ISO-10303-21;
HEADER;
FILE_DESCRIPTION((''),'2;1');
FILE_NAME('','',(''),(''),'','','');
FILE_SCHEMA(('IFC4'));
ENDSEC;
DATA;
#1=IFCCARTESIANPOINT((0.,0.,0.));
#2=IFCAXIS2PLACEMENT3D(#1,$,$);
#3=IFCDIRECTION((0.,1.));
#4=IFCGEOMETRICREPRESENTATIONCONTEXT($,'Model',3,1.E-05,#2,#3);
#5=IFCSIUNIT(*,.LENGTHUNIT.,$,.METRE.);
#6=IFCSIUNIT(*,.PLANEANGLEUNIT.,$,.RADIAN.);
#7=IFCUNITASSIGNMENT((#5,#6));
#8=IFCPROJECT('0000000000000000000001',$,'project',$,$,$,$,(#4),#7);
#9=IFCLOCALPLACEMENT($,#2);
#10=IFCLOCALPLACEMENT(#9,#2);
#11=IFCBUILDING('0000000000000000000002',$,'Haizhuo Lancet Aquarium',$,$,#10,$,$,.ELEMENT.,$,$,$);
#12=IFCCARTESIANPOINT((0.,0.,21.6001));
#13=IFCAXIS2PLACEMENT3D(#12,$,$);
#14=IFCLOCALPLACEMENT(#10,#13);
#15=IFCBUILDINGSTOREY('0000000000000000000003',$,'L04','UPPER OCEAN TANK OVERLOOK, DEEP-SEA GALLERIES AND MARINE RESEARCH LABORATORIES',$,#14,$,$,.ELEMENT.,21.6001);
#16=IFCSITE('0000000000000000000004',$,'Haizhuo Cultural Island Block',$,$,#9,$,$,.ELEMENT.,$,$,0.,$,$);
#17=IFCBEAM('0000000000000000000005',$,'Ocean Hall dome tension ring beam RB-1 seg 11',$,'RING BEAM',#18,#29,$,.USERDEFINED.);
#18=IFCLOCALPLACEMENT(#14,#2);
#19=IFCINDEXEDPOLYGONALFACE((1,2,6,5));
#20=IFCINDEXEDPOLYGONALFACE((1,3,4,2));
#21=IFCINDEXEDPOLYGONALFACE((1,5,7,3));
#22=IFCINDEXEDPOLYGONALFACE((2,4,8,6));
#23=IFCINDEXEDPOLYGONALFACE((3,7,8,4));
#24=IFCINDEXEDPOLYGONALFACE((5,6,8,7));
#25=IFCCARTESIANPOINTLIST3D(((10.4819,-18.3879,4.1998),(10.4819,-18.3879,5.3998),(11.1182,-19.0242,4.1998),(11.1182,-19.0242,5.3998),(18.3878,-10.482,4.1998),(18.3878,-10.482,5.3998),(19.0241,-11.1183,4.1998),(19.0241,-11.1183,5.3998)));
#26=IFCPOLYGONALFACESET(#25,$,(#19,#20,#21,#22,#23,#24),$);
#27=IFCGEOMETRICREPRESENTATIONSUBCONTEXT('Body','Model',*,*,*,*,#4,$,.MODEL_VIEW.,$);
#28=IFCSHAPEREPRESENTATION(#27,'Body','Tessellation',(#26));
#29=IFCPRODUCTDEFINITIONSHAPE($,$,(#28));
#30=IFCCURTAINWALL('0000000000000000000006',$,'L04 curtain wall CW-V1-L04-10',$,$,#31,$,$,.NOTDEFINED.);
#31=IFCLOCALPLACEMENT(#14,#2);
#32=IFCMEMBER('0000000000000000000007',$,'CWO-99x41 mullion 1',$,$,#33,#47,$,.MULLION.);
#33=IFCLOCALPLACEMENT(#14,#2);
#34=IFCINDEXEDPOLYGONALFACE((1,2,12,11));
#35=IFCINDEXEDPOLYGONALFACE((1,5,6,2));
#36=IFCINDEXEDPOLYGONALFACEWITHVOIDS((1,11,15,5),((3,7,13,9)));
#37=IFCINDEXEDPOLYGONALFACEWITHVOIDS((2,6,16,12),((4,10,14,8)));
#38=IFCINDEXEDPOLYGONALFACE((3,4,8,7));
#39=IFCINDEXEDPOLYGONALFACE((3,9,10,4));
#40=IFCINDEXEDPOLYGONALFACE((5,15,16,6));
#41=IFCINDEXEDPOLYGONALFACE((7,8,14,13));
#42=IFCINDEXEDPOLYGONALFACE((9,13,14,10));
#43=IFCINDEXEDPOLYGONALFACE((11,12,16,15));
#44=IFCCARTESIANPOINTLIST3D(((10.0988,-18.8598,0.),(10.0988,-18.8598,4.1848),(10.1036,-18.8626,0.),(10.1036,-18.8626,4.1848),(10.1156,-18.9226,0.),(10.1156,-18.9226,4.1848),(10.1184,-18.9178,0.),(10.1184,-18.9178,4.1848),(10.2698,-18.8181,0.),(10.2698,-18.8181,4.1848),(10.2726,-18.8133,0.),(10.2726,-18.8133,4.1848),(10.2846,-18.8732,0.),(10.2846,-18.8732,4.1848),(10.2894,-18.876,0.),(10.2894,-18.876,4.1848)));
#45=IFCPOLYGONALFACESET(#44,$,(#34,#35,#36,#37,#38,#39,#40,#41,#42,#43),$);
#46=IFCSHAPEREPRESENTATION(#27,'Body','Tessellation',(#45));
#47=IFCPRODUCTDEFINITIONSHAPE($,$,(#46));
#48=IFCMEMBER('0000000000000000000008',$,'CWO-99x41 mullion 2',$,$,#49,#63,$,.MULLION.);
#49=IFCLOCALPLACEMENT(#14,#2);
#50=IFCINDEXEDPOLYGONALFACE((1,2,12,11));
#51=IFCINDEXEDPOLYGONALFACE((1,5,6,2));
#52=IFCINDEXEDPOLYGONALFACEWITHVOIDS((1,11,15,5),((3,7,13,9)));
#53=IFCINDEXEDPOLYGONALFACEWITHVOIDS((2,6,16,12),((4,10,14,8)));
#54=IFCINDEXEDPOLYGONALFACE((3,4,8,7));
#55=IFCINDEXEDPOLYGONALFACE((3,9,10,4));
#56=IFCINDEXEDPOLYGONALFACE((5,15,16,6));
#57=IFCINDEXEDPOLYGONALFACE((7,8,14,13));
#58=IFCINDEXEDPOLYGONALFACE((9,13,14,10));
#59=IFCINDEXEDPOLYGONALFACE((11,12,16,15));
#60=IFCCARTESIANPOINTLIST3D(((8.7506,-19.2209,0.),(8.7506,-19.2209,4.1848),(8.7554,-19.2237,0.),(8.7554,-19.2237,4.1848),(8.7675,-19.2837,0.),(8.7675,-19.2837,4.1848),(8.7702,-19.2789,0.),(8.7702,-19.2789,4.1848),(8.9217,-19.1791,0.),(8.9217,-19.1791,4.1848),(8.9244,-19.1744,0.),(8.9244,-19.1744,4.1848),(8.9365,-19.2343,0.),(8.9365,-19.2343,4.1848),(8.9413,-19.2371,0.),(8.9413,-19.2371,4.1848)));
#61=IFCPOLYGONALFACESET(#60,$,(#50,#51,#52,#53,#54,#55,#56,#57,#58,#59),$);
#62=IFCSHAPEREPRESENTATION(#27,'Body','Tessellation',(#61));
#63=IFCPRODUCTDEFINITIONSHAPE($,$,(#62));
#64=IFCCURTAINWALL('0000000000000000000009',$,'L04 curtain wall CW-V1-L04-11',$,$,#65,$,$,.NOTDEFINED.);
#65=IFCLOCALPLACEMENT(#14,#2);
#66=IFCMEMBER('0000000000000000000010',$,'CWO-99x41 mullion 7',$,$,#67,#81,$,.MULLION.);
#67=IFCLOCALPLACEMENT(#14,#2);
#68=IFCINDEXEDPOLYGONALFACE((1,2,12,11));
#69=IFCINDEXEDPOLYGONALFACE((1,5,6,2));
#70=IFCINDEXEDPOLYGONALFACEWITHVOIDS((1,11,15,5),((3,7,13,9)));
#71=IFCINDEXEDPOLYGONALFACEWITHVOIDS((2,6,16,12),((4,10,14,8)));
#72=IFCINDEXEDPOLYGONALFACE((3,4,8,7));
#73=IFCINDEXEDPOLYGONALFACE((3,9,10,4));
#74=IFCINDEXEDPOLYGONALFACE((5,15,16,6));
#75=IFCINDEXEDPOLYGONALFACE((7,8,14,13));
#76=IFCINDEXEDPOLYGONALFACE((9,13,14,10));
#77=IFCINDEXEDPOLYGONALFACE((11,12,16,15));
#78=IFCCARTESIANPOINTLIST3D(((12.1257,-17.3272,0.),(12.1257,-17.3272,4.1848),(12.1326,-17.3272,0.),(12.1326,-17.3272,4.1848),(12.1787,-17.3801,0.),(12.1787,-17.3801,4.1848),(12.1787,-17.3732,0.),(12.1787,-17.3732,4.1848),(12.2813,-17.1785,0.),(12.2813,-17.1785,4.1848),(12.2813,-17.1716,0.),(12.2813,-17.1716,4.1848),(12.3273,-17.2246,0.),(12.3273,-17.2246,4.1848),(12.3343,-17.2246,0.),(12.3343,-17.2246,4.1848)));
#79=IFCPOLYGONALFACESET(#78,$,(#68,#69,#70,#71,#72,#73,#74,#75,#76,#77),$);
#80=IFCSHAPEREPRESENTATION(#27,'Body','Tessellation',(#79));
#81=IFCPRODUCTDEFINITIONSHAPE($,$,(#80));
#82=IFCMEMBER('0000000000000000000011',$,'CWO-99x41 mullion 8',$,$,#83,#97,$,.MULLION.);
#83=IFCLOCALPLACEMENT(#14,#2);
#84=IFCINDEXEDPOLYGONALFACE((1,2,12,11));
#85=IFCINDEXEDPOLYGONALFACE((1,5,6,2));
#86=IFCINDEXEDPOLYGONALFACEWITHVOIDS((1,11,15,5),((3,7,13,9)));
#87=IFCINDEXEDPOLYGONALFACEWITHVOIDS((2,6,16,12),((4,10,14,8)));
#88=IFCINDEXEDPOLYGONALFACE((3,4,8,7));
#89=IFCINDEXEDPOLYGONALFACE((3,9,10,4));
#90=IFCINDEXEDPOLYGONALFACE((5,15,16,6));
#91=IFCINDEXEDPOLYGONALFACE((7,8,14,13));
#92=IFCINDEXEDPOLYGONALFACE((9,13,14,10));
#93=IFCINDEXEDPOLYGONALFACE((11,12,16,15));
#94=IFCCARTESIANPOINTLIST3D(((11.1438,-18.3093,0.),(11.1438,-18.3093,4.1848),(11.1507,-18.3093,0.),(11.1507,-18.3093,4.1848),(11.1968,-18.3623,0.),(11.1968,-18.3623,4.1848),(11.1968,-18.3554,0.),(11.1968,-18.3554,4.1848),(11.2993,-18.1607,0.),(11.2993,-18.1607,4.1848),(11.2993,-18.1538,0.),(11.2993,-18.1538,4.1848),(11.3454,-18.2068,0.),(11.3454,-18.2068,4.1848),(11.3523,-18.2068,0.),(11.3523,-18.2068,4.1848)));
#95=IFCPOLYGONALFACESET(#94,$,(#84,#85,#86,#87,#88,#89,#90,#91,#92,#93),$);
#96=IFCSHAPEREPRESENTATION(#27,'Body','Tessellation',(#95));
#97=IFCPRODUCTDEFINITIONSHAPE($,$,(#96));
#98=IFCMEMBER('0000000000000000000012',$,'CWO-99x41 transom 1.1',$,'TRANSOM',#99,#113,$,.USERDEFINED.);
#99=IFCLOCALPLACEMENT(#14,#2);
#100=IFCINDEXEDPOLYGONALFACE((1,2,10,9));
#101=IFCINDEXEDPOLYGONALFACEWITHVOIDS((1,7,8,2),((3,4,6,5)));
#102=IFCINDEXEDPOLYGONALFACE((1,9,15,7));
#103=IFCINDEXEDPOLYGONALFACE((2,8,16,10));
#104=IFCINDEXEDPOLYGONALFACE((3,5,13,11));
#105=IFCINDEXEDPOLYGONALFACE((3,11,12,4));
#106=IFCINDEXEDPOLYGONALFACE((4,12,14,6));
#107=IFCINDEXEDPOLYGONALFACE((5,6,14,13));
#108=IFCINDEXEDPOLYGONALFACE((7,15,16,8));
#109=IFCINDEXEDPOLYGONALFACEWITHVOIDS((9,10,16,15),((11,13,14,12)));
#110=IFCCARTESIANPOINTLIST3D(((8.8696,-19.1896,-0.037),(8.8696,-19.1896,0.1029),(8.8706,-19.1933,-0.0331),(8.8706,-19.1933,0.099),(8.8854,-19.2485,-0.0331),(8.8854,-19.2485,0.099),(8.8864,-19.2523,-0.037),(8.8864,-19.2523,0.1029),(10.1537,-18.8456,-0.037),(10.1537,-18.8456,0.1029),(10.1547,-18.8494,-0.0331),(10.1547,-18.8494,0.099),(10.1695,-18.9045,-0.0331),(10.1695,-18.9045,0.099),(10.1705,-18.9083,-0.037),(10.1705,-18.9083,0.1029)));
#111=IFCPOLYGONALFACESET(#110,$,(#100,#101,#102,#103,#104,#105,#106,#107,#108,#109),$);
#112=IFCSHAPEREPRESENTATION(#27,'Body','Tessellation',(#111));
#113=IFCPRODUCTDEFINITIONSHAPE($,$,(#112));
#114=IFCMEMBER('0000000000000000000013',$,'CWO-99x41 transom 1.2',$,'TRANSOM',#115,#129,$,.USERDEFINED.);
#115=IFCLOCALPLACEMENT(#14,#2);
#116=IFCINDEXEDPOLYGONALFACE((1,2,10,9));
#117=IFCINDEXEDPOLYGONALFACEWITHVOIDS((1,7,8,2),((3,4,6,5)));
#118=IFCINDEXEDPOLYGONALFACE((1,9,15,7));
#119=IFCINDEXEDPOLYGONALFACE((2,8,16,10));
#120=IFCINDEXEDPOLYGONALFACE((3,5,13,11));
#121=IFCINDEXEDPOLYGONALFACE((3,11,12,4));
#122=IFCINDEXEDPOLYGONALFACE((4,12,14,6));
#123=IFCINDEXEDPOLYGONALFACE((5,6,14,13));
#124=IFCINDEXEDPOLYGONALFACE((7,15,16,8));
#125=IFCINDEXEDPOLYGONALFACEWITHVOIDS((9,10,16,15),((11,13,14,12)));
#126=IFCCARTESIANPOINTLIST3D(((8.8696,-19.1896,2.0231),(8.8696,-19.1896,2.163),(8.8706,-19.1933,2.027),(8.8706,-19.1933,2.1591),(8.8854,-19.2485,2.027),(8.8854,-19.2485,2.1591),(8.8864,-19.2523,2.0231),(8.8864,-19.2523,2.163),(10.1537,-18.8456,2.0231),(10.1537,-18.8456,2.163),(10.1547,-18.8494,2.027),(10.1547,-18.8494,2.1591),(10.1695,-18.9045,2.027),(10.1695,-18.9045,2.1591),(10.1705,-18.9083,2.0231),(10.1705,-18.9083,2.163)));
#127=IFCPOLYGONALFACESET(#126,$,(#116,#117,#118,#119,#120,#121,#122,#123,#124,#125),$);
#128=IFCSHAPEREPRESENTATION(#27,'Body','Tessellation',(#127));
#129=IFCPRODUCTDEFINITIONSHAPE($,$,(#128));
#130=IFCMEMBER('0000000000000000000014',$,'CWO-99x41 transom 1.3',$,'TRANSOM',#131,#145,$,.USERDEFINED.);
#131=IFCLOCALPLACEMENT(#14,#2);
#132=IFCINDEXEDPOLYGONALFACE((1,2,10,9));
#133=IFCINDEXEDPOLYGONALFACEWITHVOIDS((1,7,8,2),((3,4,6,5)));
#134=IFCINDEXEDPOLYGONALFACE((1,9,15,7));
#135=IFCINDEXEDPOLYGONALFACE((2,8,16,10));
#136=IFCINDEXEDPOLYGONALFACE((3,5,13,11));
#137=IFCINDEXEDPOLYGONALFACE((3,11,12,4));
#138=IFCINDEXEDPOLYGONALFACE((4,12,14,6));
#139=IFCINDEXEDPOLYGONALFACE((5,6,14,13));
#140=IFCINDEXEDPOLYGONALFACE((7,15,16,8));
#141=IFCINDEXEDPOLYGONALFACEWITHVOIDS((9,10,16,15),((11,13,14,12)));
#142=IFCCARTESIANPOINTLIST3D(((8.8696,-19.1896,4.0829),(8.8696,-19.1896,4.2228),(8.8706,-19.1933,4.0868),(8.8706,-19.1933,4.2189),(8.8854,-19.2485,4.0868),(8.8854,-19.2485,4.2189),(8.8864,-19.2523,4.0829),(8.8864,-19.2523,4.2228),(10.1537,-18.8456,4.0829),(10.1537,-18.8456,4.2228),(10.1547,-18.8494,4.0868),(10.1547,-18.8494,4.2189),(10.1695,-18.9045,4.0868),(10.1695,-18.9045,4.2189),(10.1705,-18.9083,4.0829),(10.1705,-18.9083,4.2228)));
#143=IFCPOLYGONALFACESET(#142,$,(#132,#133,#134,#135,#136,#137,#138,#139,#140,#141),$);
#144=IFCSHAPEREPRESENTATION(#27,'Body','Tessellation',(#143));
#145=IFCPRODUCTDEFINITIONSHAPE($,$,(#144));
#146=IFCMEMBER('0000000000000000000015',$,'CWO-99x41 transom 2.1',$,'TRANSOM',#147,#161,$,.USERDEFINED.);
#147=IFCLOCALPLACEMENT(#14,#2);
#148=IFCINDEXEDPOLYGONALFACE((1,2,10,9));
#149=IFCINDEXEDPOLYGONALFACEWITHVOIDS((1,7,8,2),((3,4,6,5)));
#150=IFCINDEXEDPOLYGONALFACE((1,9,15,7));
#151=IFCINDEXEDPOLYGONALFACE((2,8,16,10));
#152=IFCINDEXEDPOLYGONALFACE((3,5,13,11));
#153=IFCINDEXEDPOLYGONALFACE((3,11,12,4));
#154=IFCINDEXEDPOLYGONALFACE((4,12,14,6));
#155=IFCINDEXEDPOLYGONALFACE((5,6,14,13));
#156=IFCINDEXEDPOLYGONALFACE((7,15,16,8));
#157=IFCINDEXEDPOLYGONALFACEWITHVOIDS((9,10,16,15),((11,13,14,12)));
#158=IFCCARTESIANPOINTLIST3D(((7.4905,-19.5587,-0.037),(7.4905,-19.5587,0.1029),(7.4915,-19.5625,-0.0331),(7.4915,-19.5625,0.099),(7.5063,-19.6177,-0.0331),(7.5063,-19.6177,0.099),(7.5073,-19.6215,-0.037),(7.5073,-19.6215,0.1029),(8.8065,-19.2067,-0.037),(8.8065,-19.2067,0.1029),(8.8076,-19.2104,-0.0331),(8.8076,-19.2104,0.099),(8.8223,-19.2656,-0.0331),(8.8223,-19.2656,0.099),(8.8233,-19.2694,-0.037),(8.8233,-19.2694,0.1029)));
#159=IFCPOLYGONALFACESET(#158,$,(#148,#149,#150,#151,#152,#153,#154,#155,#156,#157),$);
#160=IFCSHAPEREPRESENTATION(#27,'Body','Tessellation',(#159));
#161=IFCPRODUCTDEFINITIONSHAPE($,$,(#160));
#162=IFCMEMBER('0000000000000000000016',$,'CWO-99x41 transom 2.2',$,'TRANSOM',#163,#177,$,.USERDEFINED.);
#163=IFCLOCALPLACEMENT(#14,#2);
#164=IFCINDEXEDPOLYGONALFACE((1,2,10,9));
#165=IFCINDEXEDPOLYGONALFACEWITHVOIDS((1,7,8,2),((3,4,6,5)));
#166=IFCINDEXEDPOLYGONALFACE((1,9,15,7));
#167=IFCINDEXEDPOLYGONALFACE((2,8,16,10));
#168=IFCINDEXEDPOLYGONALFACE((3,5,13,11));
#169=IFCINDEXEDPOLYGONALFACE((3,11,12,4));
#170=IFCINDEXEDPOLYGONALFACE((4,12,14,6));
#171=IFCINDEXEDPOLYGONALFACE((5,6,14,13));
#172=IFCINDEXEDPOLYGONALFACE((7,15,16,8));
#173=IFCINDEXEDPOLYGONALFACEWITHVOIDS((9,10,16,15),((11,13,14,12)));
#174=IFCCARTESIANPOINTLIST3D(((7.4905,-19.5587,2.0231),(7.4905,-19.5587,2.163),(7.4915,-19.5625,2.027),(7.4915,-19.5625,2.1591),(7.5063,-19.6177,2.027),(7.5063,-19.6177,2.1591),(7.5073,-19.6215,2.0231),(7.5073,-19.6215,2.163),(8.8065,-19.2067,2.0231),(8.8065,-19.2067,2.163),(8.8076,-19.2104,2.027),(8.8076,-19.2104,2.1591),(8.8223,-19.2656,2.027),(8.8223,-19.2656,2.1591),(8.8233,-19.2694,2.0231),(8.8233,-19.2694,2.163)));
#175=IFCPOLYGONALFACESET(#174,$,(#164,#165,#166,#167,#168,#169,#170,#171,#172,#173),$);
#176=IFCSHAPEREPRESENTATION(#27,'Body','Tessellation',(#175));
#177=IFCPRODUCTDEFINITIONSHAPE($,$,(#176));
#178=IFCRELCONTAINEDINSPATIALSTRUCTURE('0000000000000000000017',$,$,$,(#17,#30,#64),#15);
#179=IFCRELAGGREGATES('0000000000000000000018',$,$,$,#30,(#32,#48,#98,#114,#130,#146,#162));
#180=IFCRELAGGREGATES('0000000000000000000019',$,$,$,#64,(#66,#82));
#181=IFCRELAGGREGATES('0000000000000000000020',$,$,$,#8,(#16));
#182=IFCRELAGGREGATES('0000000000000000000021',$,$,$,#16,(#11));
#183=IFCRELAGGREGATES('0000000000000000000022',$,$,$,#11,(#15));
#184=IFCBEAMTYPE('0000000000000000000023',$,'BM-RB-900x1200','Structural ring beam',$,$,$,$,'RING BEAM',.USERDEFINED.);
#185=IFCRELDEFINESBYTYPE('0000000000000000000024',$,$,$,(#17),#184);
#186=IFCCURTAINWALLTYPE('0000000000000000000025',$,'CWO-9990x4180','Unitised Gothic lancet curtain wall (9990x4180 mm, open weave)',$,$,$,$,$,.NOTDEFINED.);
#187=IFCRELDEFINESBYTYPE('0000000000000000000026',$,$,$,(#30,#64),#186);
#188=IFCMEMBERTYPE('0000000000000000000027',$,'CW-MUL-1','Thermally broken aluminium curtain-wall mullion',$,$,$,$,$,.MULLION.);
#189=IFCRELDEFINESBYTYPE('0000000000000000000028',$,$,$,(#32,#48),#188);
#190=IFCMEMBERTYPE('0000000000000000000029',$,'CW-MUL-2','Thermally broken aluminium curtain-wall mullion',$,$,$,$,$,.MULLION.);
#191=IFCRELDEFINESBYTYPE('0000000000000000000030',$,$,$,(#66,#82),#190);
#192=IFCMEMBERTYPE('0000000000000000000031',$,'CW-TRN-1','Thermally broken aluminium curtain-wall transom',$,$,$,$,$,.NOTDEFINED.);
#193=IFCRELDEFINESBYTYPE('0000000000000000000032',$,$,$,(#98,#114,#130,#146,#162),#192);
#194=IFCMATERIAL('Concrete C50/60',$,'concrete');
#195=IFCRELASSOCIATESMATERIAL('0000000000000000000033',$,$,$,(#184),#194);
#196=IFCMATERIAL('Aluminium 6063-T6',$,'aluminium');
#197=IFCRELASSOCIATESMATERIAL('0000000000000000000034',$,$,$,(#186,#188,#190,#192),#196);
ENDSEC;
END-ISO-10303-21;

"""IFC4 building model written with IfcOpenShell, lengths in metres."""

from ifc_helpers import new_model, si_unit, direction, frame, origin, origin_2d, place, context, subcontext, project, spatial, rectangle, hollow_rectangle, extrude, material, material_profile, profile_set, type_object, element, aggregate, save


model = new_model("IFC4")

# Units and contexts
model_context = context("Model", 3, precision=1e-05, world=origin(), true_north=direction((0.0, 1.0)))
body_context = subcontext(model_context, "Body", "Model", "MODEL_VIEW")
ifc_project = project(units=[si_unit("LENGTHUNIT", "METRE"), si_unit("PLANEANGLEUNIT", "RADIAN")], contexts=[model_context])

# Site, building, storey
site_placement = place(None, origin())
site = spatial("IfcSite", under=ifc_project, at=site_placement, Name="Haizhuo Cultural Island Block", CompositionType="ELEMENT", RefElevation=0.0)
building_placement = place(site_placement, origin())
building = spatial("IfcBuilding", under=site, at=building_placement, Name="Haizhuo Lancet Aquarium", CompositionType="ELEMENT")
storey_placement = place(building_placement, frame((0.0, 0.0, 21.6001)))
storey = spatial("IfcBuildingStorey", under=building, at=storey_placement, Name="L04", Description="UPPER OCEAN TANK OVERLOOK, DEEP-SEA GALLERIES AND MARINE RESEARCH LABORATORIES", CompositionType="ELEMENT", Elevation=21.6001)

# Shared definitions
ifc_material_1 = material(Name="Concrete C50/60", Category="concrete")

# Beam
ifc_material_profile_1 = material_profile(ifc_material_1, rectangle(XDim=0.8999, YDim=1.2, at=origin_2d()), Name="RC-RB 900x1200")
ifc_profile_set_1 = profile_set([ifc_material_profile_1], Name="Concrete C50/60")
beam_type = type_object("IfcBeamType", Name="BM-RB-900x1200", Description="Structural ring beam", ElementType="RING BEAM", PredefinedType="USERDEFINED", material=ifc_profile_set_1)
beam_placement = place(storey_placement, frame((10.8, -18.7061, 4.7998), z_axis=(0.707107, 0.707107, 0.0), x_axis=(-0.707107, 0.707107, 0.0)))
element("IfcBeam", 1, at=beam_placement, inside=storey, type_object=beam_type, Name="Ocean Hall dome tension ring beam RB-1 seg 11", ObjectType="RING BEAM", PredefinedType="USERDEFINED", context=body_context, shape_type="SweptSolid", body=[
    extrude(rectangle(XDim=0.8999, YDim=1.2, at=origin_2d()), origin(), (0.0, 0.0, 1.0), 11.1807),
])

# Curtain walls, members
ifc_material_2 = material(Name="Aluminium 6063-T6", Category="aluminium")
curtain_wall_type = type_object("IfcCurtainWallType", Name="CWO-9990x4180", Description="Unitised Gothic lancet curtain wall (9990x4180 mm, open weave)", PredefinedType="NOTDEFINED", material=ifc_material_2)
curtain_wall_1_placement = place(storey_placement, origin())
curtain_wall_1 = element("IfcCurtainWall", 2, at=curtain_wall_1_placement, inside=storey, type_object=curtain_wall_type, Name="L04 curtain wall CW-V1-L04-10", PredefinedType="NOTDEFINED")
ifc_material_profile_2 = material_profile(ifc_material_2, hollow_rectangle(XDim=0.0649, YDim=0.1799, WallThickness=0.0039, at=origin_2d()), Name="ALU-M 65x180x4")
ifc_profile_set_2 = profile_set([ifc_material_profile_2], Name="Aluminium 6063-T6")
member_type_1 = type_object("IfcMemberType", Name="CW-MUL-1", Description="Thermally broken aluminium curtain-wall mullion", PredefinedType="MULLION", material=ifc_profile_set_2)
member_1_placement = place(storey_placement, frame((10.1941, -18.8679, 0.0), z_axis=(0.0, 0.0, 1.0), x_axis=(0.258853, -0.965917, 0.0)))
member_1 = element("IfcMember", 3, at=member_1_placement, type_object=member_type_1, Name="CWO-99x41 mullion 1", PredefinedType="MULLION", context=body_context, shape_type="SweptSolid", body=[
    extrude(hollow_rectangle(XDim=0.0649, YDim=0.1799, WallThickness=0.0039, at=origin_2d()), origin(), (0.0, 0.0, 1.0), 4.1848),
])
member_2_placement = place(storey_placement, frame((8.8459, -19.229, 0.0), z_axis=(0.0, 0.0, 1.0), x_axis=(0.258853, -0.965917, 0.0)))
member_2 = element("IfcMember", 4, at=member_2_placement, type_object=member_type_1, Name="CWO-99x41 mullion 2", PredefinedType="MULLION", context=body_context, shape_type="SweptSolid", body=[
    extrude(hollow_rectangle(XDim=0.0649, YDim=0.1799, WallThickness=0.0039, at=origin_2d()), origin(), (0.0, 0.0, 1.0), 4.1848),
])
curtain_wall_2_placement = place(storey_placement, origin())
curtain_wall_2 = element("IfcCurtainWall", 5, at=curtain_wall_2_placement, inside=storey, type_object=curtain_wall_type, Name="L04 curtain wall CW-V1-L04-11", PredefinedType="NOTDEFINED")
ifc_material_profile_3 = material_profile(ifc_material_2, hollow_rectangle(XDim=0.075, YDim=0.22, WallThickness=0.0049, at=origin_2d()), Name="ALU-M 75x220x5")
ifc_profile_set_3 = profile_set([ifc_material_profile_3], Name="Aluminium 6063-T6")
member_type_2 = type_object("IfcMemberType", Name="CW-MUL-2", Description="Thermally broken aluminium curtain-wall mullion", PredefinedType="MULLION", material=ifc_profile_set_3)
member_3_placement = place(storey_placement, frame((12.23, -17.2759, 0.0), z_axis=(0.0, 0.0, 1.0), x_axis=(0.707107, -0.707107, 0.0)))
member_3 = element("IfcMember", 6, at=member_3_placement, type_object=member_type_2, Name="CWO-99x41 mullion 7", PredefinedType="MULLION", context=body_context, shape_type="SweptSolid", body=[
    extrude(hollow_rectangle(XDim=0.075, YDim=0.22, WallThickness=0.0049, at=origin_2d()), origin(), (0.0, 0.0, 1.0), 4.1848),
])
member_4_placement = place(storey_placement, frame((11.248, -18.2581, 0.0), z_axis=(0.0, 0.0, 1.0), x_axis=(0.707107, -0.707107, 0.0)))
member_4 = element("IfcMember", 7, at=member_4_placement, type_object=member_type_2, Name="CWO-99x41 mullion 8", PredefinedType="MULLION", context=body_context, shape_type="SweptSolid", body=[
    extrude(hollow_rectangle(XDim=0.075, YDim=0.22, WallThickness=0.0049, at=origin_2d()), origin(), (0.0, 0.0, 1.0), 4.1848),
])

# Members
ifc_material_profile_4 = material_profile(ifc_material_2, hollow_rectangle(XDim=0.0649, YDim=0.1399, WallThickness=0.0039, at=origin_2d()), Name="ALU-T 65x140x4")
ifc_profile_set_4 = profile_set([ifc_material_profile_4], Name="Aluminium 6063-T6")
member_type_3 = type_object("IfcMemberType", Name="CW-TRN-1", Description="Thermally broken aluminium curtain-wall transom", PredefinedType="NOTDEFINED", material=ifc_profile_set_4)
member_5_placement = place(storey_placement, frame((10.1621, -18.877, 0.033), z_axis=(-0.965945, -0.258748, 0.0), x_axis=(0.258748, -0.965945, 0.0)))
member_5 = element("IfcMember", 8, at=member_5_placement, type_object=member_type_3, Name="CWO-99x41 transom 1.1", ObjectType="TRANSOM", PredefinedType="USERDEFINED", context=body_context, shape_type="SweptSolid", body=[
    extrude(hollow_rectangle(XDim=0.0649, YDim=0.1399, WallThickness=0.0039, at=origin_2d()), origin(), (0.0, 0.0, 1.0), 1.3293),
])
member_6_placement = place(storey_placement, frame((10.1621, -18.877, 2.093), z_axis=(-0.965945, -0.258748, 0.0), x_axis=(0.258748, -0.965945, 0.0)))
member_6 = element("IfcMember", 9, at=member_6_placement, type_object=member_type_3, Name="CWO-99x41 transom 1.2", ObjectType="TRANSOM", PredefinedType="USERDEFINED", context=body_context, shape_type="SweptSolid", body=[
    extrude(hollow_rectangle(XDim=0.0649, YDim=0.1399, WallThickness=0.0039, at=origin_2d()), origin(), (0.0, 0.0, 1.0), 1.3293),
])
member_7_placement = place(storey_placement, frame((10.1621, -18.877, 4.1528), z_axis=(-0.965945, -0.258748, 0.0), x_axis=(0.258748, -0.965945, 0.0)))
member_7 = element("IfcMember", 10, at=member_7_placement, type_object=member_type_3, Name="CWO-99x41 transom 1.3", ObjectType="TRANSOM", PredefinedType="USERDEFINED", context=body_context, shape_type="SweptSolid", body=[
    extrude(hollow_rectangle(XDim=0.0649, YDim=0.1399, WallThickness=0.0039, at=origin_2d()), origin(), (0.0, 0.0, 1.0), 1.3293),
])
member_8_placement = place(storey_placement, frame((8.8149, -19.238, 0.033), z_axis=(-0.966026, -0.258443, 0.0), x_axis=(0.258443, -0.966026, 0.0)))
member_8 = element("IfcMember", 11, at=member_8_placement, type_object=member_type_3, Name="CWO-99x41 transom 2.1", ObjectType="TRANSOM", PredefinedType="USERDEFINED", context=body_context, shape_type="SweptSolid", body=[
    extrude(hollow_rectangle(XDim=0.0649, YDim=0.1399, WallThickness=0.0039, at=origin_2d()), origin(), (0.0, 0.0, 1.0), 1.3623),
])
member_9_placement = place(storey_placement, frame((8.8149, -19.238, 2.093), z_axis=(-0.966026, -0.258443, 0.0), x_axis=(0.258443, -0.966026, 0.0)))
member_9 = element("IfcMember", 12, at=member_9_placement, type_object=member_type_3, Name="CWO-99x41 transom 2.2", ObjectType="TRANSOM", PredefinedType="USERDEFINED", context=body_context, shape_type="SweptSolid", body=[
    extrude(hollow_rectangle(XDim=0.0649, YDim=0.1399, WallThickness=0.0039, at=origin_2d()), origin(), (0.0, 0.0, 1.0), 1.3623),
])

aggregate(curtain_wall_1, [member_1, member_2, member_5, member_6, member_7, member_8, member_9])
aggregate(curtain_wall_2, [member_3, member_4])

save(model, "model.ifc")
